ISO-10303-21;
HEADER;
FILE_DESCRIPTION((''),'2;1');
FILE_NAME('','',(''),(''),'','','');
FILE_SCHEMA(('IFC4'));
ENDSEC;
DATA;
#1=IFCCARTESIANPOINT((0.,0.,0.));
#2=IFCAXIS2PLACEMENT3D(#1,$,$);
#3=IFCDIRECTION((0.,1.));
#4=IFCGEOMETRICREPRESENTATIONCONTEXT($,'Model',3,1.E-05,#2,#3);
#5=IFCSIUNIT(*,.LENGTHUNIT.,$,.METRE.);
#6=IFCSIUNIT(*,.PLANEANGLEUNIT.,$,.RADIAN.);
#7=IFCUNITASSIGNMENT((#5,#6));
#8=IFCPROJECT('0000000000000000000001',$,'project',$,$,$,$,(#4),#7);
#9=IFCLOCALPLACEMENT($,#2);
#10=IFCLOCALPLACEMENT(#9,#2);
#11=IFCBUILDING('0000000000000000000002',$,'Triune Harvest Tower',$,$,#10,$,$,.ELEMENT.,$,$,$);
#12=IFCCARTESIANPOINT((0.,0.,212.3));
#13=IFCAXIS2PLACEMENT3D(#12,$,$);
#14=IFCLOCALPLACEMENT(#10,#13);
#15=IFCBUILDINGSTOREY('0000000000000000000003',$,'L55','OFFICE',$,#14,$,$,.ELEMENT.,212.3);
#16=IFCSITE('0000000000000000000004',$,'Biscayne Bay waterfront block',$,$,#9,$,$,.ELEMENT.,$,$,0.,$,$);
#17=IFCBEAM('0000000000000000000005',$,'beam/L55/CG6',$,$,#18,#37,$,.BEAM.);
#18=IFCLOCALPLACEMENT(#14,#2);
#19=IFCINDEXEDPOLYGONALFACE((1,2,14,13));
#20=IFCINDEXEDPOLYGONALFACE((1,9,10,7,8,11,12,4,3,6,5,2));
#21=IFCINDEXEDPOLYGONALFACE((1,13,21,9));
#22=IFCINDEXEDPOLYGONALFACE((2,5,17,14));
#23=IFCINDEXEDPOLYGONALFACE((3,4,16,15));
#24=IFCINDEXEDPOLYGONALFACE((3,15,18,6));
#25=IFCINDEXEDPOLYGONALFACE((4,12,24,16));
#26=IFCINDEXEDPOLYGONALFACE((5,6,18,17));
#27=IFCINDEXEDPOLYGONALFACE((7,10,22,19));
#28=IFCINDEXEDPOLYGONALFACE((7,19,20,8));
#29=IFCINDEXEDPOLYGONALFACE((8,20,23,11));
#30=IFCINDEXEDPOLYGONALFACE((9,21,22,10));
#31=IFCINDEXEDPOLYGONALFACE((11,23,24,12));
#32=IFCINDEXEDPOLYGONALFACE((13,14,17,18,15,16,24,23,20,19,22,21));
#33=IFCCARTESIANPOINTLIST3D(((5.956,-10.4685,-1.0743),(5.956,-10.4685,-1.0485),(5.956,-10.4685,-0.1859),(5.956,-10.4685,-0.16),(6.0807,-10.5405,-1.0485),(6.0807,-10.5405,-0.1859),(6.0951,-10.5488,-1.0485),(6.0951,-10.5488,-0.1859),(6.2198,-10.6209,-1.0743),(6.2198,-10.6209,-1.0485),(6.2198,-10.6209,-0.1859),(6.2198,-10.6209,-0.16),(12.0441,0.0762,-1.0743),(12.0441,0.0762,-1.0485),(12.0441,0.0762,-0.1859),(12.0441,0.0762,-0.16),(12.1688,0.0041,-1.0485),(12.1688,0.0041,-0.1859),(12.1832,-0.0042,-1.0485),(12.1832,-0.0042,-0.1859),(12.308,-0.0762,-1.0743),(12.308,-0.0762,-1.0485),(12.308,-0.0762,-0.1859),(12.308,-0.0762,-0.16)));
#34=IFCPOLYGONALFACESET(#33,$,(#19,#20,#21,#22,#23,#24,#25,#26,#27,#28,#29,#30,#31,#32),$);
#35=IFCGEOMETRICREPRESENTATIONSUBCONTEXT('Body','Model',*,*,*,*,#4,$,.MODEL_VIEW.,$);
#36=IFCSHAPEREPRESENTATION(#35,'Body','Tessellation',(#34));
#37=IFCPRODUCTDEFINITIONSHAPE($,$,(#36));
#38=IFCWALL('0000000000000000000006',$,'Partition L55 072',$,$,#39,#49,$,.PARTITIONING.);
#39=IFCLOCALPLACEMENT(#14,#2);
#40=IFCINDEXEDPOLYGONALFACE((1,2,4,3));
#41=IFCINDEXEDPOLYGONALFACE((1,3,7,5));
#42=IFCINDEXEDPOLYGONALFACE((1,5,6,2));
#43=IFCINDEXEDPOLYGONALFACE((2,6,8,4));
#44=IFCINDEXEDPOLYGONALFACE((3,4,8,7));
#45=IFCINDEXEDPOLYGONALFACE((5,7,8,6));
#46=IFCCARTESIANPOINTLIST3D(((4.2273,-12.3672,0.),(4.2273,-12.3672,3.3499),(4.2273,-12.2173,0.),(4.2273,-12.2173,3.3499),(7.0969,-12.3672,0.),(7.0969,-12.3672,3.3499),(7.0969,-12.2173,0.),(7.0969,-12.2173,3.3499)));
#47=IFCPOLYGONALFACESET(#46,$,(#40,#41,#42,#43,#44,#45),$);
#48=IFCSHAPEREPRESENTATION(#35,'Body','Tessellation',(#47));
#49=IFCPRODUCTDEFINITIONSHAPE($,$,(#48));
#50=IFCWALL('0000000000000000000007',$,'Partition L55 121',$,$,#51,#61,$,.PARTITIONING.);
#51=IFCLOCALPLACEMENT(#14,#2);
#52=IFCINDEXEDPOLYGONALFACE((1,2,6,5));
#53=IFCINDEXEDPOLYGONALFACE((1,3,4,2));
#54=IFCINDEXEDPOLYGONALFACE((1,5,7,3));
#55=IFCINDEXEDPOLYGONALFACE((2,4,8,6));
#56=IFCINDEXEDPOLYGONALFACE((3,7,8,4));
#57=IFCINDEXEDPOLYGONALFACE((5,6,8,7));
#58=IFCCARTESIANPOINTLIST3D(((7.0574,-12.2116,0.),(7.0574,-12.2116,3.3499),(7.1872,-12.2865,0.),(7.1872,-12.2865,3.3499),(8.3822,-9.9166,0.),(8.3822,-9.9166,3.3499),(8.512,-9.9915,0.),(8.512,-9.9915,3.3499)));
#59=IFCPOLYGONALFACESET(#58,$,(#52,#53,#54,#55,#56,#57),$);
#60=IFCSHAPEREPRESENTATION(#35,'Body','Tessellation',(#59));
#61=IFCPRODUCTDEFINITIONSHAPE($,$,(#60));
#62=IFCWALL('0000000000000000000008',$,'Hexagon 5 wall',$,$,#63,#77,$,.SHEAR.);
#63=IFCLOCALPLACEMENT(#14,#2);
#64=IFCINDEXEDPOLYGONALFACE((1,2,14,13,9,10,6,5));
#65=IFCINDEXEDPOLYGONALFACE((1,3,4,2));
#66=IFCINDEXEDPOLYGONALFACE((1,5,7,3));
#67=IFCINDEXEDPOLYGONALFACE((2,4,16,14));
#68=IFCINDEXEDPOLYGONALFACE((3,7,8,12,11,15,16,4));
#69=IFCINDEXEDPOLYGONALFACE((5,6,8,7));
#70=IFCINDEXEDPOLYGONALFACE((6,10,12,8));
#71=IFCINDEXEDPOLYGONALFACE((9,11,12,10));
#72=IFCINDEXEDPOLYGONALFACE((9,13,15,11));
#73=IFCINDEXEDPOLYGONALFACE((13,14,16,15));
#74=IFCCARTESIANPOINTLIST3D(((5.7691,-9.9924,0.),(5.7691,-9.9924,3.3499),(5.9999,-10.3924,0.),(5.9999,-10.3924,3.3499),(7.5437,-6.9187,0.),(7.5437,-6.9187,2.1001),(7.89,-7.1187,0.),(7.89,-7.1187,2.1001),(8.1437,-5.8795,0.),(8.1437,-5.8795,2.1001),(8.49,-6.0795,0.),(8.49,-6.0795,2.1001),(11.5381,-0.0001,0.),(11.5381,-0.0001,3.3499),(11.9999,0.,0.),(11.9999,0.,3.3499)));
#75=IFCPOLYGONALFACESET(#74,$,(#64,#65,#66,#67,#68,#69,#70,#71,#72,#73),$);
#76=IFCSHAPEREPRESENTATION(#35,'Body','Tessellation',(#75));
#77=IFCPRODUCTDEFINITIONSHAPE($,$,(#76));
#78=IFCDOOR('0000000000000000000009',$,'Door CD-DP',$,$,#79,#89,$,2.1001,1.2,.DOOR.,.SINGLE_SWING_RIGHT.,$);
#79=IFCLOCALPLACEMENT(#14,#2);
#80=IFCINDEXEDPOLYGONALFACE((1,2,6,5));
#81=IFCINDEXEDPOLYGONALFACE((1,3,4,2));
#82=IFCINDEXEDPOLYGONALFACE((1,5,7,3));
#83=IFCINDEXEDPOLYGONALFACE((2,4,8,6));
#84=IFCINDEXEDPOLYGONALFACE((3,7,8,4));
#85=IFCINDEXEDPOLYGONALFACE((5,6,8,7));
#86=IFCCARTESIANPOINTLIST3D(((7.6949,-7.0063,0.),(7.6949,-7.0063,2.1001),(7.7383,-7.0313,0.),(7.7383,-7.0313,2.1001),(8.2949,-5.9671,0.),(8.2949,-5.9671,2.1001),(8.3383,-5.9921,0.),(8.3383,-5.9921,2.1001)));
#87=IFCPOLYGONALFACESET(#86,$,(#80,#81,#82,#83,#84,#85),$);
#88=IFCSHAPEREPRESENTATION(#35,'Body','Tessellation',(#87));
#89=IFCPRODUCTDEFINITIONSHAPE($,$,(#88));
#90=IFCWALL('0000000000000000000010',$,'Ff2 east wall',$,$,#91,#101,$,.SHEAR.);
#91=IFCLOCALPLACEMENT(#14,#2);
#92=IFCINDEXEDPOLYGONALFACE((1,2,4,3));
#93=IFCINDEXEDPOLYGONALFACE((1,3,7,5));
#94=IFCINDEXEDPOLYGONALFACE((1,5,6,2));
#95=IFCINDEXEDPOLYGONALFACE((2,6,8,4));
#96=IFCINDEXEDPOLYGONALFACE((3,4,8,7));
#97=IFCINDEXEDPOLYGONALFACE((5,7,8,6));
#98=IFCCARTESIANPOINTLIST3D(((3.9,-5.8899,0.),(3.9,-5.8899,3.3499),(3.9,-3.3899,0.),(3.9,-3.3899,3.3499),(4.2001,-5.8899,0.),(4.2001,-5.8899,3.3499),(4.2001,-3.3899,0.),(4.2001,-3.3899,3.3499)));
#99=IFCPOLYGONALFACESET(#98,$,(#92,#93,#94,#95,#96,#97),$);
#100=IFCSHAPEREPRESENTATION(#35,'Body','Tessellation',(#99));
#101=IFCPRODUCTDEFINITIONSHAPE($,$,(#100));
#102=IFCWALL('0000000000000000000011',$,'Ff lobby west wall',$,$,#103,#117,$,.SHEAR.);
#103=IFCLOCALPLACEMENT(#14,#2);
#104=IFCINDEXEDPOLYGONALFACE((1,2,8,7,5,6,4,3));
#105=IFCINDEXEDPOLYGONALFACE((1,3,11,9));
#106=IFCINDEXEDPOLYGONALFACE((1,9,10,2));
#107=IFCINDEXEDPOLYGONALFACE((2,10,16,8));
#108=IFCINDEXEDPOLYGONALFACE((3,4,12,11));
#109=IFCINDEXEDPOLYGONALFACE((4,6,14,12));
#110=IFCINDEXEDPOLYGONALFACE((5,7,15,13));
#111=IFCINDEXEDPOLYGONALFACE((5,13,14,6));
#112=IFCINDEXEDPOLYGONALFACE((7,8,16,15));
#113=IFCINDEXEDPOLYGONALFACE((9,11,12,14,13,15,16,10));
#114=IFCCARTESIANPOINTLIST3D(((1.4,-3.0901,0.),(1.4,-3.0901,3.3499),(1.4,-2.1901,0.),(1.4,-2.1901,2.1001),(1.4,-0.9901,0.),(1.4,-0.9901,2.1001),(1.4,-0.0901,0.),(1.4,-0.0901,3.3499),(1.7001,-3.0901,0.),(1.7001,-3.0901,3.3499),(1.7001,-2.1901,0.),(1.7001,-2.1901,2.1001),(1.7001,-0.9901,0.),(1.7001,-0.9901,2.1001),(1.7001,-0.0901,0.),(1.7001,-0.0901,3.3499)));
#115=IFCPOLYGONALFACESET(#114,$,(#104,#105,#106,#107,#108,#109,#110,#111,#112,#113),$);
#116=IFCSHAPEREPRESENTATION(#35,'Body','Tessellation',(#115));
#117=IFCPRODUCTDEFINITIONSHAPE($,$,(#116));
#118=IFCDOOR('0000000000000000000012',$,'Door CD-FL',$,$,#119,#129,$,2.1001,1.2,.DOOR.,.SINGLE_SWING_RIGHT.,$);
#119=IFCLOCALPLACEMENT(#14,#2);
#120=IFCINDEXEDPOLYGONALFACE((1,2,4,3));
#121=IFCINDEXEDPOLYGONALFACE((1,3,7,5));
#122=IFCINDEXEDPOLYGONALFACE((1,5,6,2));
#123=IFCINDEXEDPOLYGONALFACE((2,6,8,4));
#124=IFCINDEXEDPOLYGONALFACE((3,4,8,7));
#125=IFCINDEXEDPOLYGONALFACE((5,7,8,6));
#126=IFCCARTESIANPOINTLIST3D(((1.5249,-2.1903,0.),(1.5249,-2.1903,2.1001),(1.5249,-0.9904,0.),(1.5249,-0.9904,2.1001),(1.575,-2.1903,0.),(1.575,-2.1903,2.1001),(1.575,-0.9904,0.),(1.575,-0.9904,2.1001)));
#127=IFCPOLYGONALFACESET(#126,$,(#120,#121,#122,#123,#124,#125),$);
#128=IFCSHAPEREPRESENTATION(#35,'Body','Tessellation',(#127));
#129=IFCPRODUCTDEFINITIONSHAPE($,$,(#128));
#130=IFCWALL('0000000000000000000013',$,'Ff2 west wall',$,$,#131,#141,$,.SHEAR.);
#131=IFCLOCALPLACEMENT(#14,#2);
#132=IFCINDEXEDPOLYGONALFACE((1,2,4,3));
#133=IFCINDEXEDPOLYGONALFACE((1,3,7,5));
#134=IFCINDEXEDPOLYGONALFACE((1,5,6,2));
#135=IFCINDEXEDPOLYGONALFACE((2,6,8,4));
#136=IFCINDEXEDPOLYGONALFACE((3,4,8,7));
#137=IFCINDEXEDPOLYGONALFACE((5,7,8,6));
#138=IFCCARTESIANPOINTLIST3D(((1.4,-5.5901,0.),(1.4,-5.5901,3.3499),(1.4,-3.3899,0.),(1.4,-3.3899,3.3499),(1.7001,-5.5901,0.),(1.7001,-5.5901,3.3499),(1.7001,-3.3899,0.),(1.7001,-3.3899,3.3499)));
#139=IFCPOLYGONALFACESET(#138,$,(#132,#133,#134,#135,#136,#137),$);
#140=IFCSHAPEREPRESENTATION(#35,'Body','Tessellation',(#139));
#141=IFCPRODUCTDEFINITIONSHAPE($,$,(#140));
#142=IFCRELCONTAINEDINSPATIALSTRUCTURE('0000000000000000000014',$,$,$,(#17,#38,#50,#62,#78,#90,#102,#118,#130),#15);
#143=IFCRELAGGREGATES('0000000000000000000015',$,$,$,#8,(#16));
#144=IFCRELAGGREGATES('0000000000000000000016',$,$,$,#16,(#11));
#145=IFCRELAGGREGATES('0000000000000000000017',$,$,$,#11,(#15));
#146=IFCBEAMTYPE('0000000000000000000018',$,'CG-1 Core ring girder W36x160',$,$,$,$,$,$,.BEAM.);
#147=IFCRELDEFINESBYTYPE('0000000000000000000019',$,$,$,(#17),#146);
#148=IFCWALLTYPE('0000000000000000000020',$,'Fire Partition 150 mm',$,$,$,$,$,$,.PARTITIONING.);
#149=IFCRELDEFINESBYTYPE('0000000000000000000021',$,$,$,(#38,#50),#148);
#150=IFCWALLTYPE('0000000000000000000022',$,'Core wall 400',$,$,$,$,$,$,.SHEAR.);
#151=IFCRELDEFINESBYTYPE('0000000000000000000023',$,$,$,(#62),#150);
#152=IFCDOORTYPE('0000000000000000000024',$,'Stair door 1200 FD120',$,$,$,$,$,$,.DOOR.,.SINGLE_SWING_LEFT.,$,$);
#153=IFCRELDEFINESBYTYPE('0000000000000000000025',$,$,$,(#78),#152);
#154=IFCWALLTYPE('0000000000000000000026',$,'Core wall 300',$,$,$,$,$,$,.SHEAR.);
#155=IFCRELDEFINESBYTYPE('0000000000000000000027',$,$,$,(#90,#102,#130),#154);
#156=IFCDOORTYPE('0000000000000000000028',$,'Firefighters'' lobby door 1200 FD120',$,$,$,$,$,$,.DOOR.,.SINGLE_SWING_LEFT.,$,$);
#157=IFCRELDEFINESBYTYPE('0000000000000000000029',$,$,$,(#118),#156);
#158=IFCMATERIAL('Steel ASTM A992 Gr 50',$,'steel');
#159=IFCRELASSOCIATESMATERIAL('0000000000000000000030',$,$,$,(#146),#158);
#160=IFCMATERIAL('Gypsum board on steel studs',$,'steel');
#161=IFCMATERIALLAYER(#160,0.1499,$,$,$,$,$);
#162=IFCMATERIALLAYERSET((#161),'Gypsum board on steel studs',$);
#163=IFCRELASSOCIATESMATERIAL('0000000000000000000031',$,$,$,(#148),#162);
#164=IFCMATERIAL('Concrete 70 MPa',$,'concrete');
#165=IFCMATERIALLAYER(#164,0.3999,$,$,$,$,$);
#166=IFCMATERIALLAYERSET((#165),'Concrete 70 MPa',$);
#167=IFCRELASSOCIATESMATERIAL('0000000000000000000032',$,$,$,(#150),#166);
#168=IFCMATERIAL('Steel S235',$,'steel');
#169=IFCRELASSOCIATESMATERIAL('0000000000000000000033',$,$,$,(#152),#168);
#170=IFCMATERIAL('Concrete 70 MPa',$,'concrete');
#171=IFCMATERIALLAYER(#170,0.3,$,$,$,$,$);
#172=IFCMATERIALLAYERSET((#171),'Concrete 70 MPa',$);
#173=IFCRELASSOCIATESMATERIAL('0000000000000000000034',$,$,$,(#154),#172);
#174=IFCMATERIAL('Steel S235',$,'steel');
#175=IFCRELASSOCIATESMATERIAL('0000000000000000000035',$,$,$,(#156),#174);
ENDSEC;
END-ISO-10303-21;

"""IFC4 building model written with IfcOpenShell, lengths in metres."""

from ifc_helpers import new_model, si_unit, direction, frame, frame_2d, origin, origin_2d, place, context, subcontext, project, spatial, polyline, rectangle, i_section, outline, extrude, source, transform, mapped, material, layer, layer_set, material_profile, profile_set, type_object, element, fill, save


model = new_model("IFC4")

# Units and contexts
model_context = context("Model", 3, precision=1e-05, world=origin(), true_north=direction((0.0, 1.0)))
body_context = subcontext(model_context, "Body", "Model", "MODEL_VIEW")
ifc_project = project(units=[si_unit("LENGTHUNIT", "METRE"), si_unit("PLANEANGLEUNIT", "RADIAN")], contexts=[model_context])

# Site, building, storey
site_placement = place(None, origin())
site = spatial("IfcSite", under=ifc_project, at=site_placement, Name="Biscayne Bay waterfront block", CompositionType="ELEMENT", RefElevation=0.0)
building_placement = place(site_placement, origin())
building = spatial("IfcBuilding", under=site, at=building_placement, Name="Triune Harvest Tower", CompositionType="ELEMENT")
storey_placement = place(building_placement, frame((0.0, 0.0, 212.3)))
storey = spatial("IfcBuildingStorey", under=building, at=storey_placement, Name="L55", Description="OFFICE", CompositionType="ELEMENT", Elevation=212.3)

# Beam
ifc_material_1 = material(Name="Steel ASTM A992 Gr 50", Category="steel")
ifc_material_profile = material_profile(ifc_material_1, i_section(OverallWidth=0.3047, OverallDepth=0.9143, WebThickness=0.0166, FlangeThickness=0.0259, at=origin_2d()), Name="W36x160")
ifc_profile_set = profile_set([ifc_material_profile], Name="Steel ASTM A992 Gr 50")
beam_type = type_object("IfcBeamType", Name="CG-1 Core ring girder W36x160", PredefinedType="BEAM", material=ifc_profile_set)
shared_shape_1 = source(origin(), body_context, "Body", "SweptSolid", [
    extrude(i_section(OverallWidth=0.3047, OverallDepth=0.9143, WebThickness=0.0166, FlangeThickness=0.0259, at=origin_2d()), origin(), (0.0, 0.0, 1.0), 12.176),
])
beam_placement = place(storey_placement, frame((6.0879, -10.5447, -0.6172), z_axis=(0.50001, 0.86602, 0.0), x_axis=(-0.86602, 0.50001, 0.0)))
element("IfcBeam", 1, at=beam_placement, inside=storey, type_object=beam_type, Name="beam/L55/CG6", PredefinedType="BEAM", context=body_context, shape_type="MappedRepresentation", body=[
    mapped(shared_shape_1, transform((0.0, 0.0, 0.0), scale=1.0)),
])

# Walls
ifc_material_2 = material(Name="Gypsum board on steel studs", Category="steel")
ifc_layer_1 = layer(ifc_material_2, 0.1499)
ifc_layer_set_1 = layer_set([ifc_layer_1], Name="Gypsum board on steel studs")
wall_type_1 = type_object("IfcWallType", Name="Fire Partition 150 mm", PredefinedType="PARTITIONING", material=ifc_layer_set_1)
wall_1_placement = place(storey_placement, frame((4.2273, -12.2922, 0.0), z_axis=(0.0, 0.0, 1.0), x_axis=(1.0, 0.0, 0.0)))
element("IfcWall", 2, at=wall_1_placement, inside=storey, type_object=wall_type_1, Name="Partition L55 072", PredefinedType="PARTITIONING", context=body_context, shape_type="SweptSolid", body=[
    extrude(rectangle(XDim=2.8696, YDim=0.1499, at=frame_2d((1.4348, 0.0))), origin(), (0.0, 0.0, 1.0), 3.3499),
])
wall_2_placement = place(storey_placement, frame((7.1223, -12.249, 0.0), z_axis=(0.0, 0.0, 1.0), x_axis=(0.499925, 0.866069, 0.0)))
element("IfcWall", 3, at=wall_2_placement, inside=storey, type_object=wall_type_1, Name="Partition L55 121", PredefinedType="PARTITIONING", context=body_context, shape_type="SweptSolid", body=[
    extrude(rectangle(XDim=2.6499, YDim=0.1499, at=frame_2d((1.325, 0.0))), origin(), (0.0, 0.0, 1.0), 3.3499),
])

# Wall, opening, door
ifc_material_3 = material(Name="Concrete 70 MPa", Category="concrete")
ifc_layer_2 = layer(ifc_material_3, 0.3999)
ifc_layer_set_2 = layer_set([ifc_layer_2], Name="Concrete 70 MPa")
wall_type_2 = type_object("IfcWallType", Name="Core wall 400", PredefinedType="SHEAR", material=ifc_layer_set_2)
shared_shape_2 = source(origin(), body_context, "Body", "SweptSolid", [
    extrude(outline(polyline([(-0.1155, -0.2), (11.8845, -0.2), (11.6536, 0.2), (0.1155, 0.2), (-0.1155, -0.2)])), origin(), (0.0, 0.0, 1.0), 3.3499),
])
wall_3_placement = place(storey_placement, frame((5.8845, -10.1924, 0.0), z_axis=(0.0, 0.0, 1.0), x_axis=(0.499997, 0.866027, 0.0)))
wall_3 = element("IfcWall", 4, at=wall_3_placement, inside=storey, type_object=wall_type_2, Name="Hexagon 5 wall", PredefinedType="SHEAR", context=body_context, shape_type="MappedRepresentation", body=[
    mapped(shared_shape_2, transform((0.0, 0.0, 0.0), scale=1.0)),
])
opening_1_placement = place(wall_3_placement, frame((3.6646, 0.0, 0.0)))
opening_1 = element("IfcOpeningElement", 5, at=opening_1_placement, cuts=wall_3, PredefinedType="OPENING", context=body_context, shape_type="SweptSolid", body=[
    extrude(rectangle(XDim=1.2, YDim=2.1001, at=frame_2d((0.6001, 1.05))), frame((0.0, 0.21, 0.0), z_axis=(0.0, -1.0, 0.0), x_axis=(1.0, 0.0, 0.0)), (0.0, 0.0, 1.0), 0.4199),
])
ifc_material_4 = material(Name="Steel S235", Category="steel")
door_type_1 = type_object("IfcDoorType", Name="Stair door 1200 FD120", OperationType="SINGLE_SWING_LEFT", PredefinedType="DOOR", material=ifc_material_4)
door_1_placement = place(opening_1_placement, frame((1.2, 0.0, 0.0), z_axis=(0.0, 0.0, 1.0), x_axis=(-1.0, 0.0, 0.0)))
door_1 = element("IfcDoor", 6, at=door_1_placement, inside=storey, type_object=door_type_1, Name="Door CD-DP", OperationType="SINGLE_SWING_RIGHT", OverallHeight=2.1001, OverallWidth=1.2, PredefinedType="DOOR", context=body_context, shape_type="SweptSolid", body=[
    extrude(rectangle(XDim=1.2, YDim=2.1001, at=frame_2d((0.6001, 1.05))), frame((0.0, 0.0249, 0.0), z_axis=(0.0, -1.0, 0.0), x_axis=(1.0, 0.0, 0.0)), (0.0, 0.0, 1.0), 0.05),
])
fill(opening_1, door_1)

# Wall
ifc_material_5 = material(Name="Concrete 70 MPa", Category="concrete")
ifc_layer_3 = layer(ifc_material_5, 0.3)
ifc_layer_set_3 = layer_set([ifc_layer_3], Name="Concrete 70 MPa")
wall_type_3 = type_object("IfcWallType", Name="Core wall 300", PredefinedType="SHEAR", material=ifc_layer_set_3)
shared_shape_3 = source(origin(), body_context, "Body", "SweptSolid", [
    extrude(rectangle(XDim=2.5, YDim=0.3, at=frame_2d((1.25, 0.0))), origin(), (0.0, 0.0, 1.0), 3.3499),
])
wall_4_placement = place(storey_placement, frame((4.05, -5.8899, 0.0), z_axis=(0.0, 0.0, 1.0), x_axis=(0.0, 1.0, 0.0)))
element("IfcWall", 7, at=wall_4_placement, inside=storey, type_object=wall_type_3, Name="Ff2 east wall", PredefinedType="SHEAR", context=body_context, shape_type="MappedRepresentation", body=[
    mapped(shared_shape_3, transform((0.0, 0.0, 0.0), scale=1.0)),
])

# Wall, opening, door
shared_shape_4 = source(origin(), body_context, "Body", "SweptSolid", [
    extrude(rectangle(XDim=3.0, YDim=0.3, at=frame_2d((1.5, 0.0))), origin(), (0.0, 0.0, 1.0), 3.3499),
])
wall_5_placement = place(storey_placement, frame((1.55, -3.0901, 0.0), z_axis=(0.0, 0.0, 1.0), x_axis=(0.0, 1.0, 0.0)))
wall_5 = element("IfcWall", 8, at=wall_5_placement, inside=storey, type_object=wall_type_3, Name="Ff lobby west wall", PredefinedType="SHEAR", context=body_context, shape_type="MappedRepresentation", body=[
    mapped(shared_shape_4, transform((0.0, 0.0, 0.0), scale=1.0)),
])
opening_2_placement = place(wall_5_placement, frame((0.8999, 0.0, 0.0)))
opening_2 = element("IfcOpeningElement", 9, at=opening_2_placement, cuts=wall_5, PredefinedType="OPENING", context=body_context, shape_type="SweptSolid", body=[
    extrude(rectangle(XDim=1.2, YDim=2.1001, at=frame_2d((0.6001, 1.05))), frame((0.0, 0.1602, 0.0), z_axis=(0.0, -1.0, 0.0), x_axis=(1.0, 0.0, 0.0)), (0.0, 0.0, 1.0), 0.3201),
])
ifc_material_6 = material(Name="Steel S235", Category="steel")
door_type_2 = type_object("IfcDoorType", Name="Firefighters' lobby door 1200 FD120", OperationType="SINGLE_SWING_LEFT", PredefinedType="DOOR", material=ifc_material_6)
door_2_placement = place(opening_2_placement, frame((1.2, 0.0, 0.0), z_axis=(0.0, 0.0, 1.0), x_axis=(-1.0, 0.0, 0.0)))
door_2 = element("IfcDoor", 10, at=door_2_placement, inside=storey, type_object=door_type_2, Name="Door CD-FL", OperationType="SINGLE_SWING_RIGHT", OverallHeight=2.1001, OverallWidth=1.2, PredefinedType="DOOR", context=body_context, shape_type="SweptSolid", body=[
    extrude(rectangle(XDim=1.2, YDim=2.1001, at=frame_2d((0.6001, 1.05))), frame((0.0, 0.0249, 0.0), z_axis=(0.0, -1.0, 0.0), x_axis=(1.0, 0.0, 0.0)), (0.0, 0.0, 1.0), 0.05),
])
fill(opening_2, door_2)

# Wall
shared_shape_5 = source(origin(), body_context, "Body", "SweptSolid", [
    extrude(rectangle(XDim=2.2002, YDim=0.3, at=frame_2d((1.1001, 0.0))), origin(), (0.0, 0.0, 1.0), 3.3499),
])
wall_6_placement = place(storey_placement, frame((1.55, -5.5901, 0.0), z_axis=(0.0, 0.0, 1.0), x_axis=(0.0, 1.0, 0.0)))
element("IfcWall", 11, at=wall_6_placement, inside=storey, type_object=wall_type_3, Name="Ff2 west wall", PredefinedType="SHEAR", context=body_context, shape_type="MappedRepresentation", body=[
    mapped(shared_shape_5, transform((0.0, 0.0, 0.0), scale=1.0)),
])

save(model, "model.ifc")
